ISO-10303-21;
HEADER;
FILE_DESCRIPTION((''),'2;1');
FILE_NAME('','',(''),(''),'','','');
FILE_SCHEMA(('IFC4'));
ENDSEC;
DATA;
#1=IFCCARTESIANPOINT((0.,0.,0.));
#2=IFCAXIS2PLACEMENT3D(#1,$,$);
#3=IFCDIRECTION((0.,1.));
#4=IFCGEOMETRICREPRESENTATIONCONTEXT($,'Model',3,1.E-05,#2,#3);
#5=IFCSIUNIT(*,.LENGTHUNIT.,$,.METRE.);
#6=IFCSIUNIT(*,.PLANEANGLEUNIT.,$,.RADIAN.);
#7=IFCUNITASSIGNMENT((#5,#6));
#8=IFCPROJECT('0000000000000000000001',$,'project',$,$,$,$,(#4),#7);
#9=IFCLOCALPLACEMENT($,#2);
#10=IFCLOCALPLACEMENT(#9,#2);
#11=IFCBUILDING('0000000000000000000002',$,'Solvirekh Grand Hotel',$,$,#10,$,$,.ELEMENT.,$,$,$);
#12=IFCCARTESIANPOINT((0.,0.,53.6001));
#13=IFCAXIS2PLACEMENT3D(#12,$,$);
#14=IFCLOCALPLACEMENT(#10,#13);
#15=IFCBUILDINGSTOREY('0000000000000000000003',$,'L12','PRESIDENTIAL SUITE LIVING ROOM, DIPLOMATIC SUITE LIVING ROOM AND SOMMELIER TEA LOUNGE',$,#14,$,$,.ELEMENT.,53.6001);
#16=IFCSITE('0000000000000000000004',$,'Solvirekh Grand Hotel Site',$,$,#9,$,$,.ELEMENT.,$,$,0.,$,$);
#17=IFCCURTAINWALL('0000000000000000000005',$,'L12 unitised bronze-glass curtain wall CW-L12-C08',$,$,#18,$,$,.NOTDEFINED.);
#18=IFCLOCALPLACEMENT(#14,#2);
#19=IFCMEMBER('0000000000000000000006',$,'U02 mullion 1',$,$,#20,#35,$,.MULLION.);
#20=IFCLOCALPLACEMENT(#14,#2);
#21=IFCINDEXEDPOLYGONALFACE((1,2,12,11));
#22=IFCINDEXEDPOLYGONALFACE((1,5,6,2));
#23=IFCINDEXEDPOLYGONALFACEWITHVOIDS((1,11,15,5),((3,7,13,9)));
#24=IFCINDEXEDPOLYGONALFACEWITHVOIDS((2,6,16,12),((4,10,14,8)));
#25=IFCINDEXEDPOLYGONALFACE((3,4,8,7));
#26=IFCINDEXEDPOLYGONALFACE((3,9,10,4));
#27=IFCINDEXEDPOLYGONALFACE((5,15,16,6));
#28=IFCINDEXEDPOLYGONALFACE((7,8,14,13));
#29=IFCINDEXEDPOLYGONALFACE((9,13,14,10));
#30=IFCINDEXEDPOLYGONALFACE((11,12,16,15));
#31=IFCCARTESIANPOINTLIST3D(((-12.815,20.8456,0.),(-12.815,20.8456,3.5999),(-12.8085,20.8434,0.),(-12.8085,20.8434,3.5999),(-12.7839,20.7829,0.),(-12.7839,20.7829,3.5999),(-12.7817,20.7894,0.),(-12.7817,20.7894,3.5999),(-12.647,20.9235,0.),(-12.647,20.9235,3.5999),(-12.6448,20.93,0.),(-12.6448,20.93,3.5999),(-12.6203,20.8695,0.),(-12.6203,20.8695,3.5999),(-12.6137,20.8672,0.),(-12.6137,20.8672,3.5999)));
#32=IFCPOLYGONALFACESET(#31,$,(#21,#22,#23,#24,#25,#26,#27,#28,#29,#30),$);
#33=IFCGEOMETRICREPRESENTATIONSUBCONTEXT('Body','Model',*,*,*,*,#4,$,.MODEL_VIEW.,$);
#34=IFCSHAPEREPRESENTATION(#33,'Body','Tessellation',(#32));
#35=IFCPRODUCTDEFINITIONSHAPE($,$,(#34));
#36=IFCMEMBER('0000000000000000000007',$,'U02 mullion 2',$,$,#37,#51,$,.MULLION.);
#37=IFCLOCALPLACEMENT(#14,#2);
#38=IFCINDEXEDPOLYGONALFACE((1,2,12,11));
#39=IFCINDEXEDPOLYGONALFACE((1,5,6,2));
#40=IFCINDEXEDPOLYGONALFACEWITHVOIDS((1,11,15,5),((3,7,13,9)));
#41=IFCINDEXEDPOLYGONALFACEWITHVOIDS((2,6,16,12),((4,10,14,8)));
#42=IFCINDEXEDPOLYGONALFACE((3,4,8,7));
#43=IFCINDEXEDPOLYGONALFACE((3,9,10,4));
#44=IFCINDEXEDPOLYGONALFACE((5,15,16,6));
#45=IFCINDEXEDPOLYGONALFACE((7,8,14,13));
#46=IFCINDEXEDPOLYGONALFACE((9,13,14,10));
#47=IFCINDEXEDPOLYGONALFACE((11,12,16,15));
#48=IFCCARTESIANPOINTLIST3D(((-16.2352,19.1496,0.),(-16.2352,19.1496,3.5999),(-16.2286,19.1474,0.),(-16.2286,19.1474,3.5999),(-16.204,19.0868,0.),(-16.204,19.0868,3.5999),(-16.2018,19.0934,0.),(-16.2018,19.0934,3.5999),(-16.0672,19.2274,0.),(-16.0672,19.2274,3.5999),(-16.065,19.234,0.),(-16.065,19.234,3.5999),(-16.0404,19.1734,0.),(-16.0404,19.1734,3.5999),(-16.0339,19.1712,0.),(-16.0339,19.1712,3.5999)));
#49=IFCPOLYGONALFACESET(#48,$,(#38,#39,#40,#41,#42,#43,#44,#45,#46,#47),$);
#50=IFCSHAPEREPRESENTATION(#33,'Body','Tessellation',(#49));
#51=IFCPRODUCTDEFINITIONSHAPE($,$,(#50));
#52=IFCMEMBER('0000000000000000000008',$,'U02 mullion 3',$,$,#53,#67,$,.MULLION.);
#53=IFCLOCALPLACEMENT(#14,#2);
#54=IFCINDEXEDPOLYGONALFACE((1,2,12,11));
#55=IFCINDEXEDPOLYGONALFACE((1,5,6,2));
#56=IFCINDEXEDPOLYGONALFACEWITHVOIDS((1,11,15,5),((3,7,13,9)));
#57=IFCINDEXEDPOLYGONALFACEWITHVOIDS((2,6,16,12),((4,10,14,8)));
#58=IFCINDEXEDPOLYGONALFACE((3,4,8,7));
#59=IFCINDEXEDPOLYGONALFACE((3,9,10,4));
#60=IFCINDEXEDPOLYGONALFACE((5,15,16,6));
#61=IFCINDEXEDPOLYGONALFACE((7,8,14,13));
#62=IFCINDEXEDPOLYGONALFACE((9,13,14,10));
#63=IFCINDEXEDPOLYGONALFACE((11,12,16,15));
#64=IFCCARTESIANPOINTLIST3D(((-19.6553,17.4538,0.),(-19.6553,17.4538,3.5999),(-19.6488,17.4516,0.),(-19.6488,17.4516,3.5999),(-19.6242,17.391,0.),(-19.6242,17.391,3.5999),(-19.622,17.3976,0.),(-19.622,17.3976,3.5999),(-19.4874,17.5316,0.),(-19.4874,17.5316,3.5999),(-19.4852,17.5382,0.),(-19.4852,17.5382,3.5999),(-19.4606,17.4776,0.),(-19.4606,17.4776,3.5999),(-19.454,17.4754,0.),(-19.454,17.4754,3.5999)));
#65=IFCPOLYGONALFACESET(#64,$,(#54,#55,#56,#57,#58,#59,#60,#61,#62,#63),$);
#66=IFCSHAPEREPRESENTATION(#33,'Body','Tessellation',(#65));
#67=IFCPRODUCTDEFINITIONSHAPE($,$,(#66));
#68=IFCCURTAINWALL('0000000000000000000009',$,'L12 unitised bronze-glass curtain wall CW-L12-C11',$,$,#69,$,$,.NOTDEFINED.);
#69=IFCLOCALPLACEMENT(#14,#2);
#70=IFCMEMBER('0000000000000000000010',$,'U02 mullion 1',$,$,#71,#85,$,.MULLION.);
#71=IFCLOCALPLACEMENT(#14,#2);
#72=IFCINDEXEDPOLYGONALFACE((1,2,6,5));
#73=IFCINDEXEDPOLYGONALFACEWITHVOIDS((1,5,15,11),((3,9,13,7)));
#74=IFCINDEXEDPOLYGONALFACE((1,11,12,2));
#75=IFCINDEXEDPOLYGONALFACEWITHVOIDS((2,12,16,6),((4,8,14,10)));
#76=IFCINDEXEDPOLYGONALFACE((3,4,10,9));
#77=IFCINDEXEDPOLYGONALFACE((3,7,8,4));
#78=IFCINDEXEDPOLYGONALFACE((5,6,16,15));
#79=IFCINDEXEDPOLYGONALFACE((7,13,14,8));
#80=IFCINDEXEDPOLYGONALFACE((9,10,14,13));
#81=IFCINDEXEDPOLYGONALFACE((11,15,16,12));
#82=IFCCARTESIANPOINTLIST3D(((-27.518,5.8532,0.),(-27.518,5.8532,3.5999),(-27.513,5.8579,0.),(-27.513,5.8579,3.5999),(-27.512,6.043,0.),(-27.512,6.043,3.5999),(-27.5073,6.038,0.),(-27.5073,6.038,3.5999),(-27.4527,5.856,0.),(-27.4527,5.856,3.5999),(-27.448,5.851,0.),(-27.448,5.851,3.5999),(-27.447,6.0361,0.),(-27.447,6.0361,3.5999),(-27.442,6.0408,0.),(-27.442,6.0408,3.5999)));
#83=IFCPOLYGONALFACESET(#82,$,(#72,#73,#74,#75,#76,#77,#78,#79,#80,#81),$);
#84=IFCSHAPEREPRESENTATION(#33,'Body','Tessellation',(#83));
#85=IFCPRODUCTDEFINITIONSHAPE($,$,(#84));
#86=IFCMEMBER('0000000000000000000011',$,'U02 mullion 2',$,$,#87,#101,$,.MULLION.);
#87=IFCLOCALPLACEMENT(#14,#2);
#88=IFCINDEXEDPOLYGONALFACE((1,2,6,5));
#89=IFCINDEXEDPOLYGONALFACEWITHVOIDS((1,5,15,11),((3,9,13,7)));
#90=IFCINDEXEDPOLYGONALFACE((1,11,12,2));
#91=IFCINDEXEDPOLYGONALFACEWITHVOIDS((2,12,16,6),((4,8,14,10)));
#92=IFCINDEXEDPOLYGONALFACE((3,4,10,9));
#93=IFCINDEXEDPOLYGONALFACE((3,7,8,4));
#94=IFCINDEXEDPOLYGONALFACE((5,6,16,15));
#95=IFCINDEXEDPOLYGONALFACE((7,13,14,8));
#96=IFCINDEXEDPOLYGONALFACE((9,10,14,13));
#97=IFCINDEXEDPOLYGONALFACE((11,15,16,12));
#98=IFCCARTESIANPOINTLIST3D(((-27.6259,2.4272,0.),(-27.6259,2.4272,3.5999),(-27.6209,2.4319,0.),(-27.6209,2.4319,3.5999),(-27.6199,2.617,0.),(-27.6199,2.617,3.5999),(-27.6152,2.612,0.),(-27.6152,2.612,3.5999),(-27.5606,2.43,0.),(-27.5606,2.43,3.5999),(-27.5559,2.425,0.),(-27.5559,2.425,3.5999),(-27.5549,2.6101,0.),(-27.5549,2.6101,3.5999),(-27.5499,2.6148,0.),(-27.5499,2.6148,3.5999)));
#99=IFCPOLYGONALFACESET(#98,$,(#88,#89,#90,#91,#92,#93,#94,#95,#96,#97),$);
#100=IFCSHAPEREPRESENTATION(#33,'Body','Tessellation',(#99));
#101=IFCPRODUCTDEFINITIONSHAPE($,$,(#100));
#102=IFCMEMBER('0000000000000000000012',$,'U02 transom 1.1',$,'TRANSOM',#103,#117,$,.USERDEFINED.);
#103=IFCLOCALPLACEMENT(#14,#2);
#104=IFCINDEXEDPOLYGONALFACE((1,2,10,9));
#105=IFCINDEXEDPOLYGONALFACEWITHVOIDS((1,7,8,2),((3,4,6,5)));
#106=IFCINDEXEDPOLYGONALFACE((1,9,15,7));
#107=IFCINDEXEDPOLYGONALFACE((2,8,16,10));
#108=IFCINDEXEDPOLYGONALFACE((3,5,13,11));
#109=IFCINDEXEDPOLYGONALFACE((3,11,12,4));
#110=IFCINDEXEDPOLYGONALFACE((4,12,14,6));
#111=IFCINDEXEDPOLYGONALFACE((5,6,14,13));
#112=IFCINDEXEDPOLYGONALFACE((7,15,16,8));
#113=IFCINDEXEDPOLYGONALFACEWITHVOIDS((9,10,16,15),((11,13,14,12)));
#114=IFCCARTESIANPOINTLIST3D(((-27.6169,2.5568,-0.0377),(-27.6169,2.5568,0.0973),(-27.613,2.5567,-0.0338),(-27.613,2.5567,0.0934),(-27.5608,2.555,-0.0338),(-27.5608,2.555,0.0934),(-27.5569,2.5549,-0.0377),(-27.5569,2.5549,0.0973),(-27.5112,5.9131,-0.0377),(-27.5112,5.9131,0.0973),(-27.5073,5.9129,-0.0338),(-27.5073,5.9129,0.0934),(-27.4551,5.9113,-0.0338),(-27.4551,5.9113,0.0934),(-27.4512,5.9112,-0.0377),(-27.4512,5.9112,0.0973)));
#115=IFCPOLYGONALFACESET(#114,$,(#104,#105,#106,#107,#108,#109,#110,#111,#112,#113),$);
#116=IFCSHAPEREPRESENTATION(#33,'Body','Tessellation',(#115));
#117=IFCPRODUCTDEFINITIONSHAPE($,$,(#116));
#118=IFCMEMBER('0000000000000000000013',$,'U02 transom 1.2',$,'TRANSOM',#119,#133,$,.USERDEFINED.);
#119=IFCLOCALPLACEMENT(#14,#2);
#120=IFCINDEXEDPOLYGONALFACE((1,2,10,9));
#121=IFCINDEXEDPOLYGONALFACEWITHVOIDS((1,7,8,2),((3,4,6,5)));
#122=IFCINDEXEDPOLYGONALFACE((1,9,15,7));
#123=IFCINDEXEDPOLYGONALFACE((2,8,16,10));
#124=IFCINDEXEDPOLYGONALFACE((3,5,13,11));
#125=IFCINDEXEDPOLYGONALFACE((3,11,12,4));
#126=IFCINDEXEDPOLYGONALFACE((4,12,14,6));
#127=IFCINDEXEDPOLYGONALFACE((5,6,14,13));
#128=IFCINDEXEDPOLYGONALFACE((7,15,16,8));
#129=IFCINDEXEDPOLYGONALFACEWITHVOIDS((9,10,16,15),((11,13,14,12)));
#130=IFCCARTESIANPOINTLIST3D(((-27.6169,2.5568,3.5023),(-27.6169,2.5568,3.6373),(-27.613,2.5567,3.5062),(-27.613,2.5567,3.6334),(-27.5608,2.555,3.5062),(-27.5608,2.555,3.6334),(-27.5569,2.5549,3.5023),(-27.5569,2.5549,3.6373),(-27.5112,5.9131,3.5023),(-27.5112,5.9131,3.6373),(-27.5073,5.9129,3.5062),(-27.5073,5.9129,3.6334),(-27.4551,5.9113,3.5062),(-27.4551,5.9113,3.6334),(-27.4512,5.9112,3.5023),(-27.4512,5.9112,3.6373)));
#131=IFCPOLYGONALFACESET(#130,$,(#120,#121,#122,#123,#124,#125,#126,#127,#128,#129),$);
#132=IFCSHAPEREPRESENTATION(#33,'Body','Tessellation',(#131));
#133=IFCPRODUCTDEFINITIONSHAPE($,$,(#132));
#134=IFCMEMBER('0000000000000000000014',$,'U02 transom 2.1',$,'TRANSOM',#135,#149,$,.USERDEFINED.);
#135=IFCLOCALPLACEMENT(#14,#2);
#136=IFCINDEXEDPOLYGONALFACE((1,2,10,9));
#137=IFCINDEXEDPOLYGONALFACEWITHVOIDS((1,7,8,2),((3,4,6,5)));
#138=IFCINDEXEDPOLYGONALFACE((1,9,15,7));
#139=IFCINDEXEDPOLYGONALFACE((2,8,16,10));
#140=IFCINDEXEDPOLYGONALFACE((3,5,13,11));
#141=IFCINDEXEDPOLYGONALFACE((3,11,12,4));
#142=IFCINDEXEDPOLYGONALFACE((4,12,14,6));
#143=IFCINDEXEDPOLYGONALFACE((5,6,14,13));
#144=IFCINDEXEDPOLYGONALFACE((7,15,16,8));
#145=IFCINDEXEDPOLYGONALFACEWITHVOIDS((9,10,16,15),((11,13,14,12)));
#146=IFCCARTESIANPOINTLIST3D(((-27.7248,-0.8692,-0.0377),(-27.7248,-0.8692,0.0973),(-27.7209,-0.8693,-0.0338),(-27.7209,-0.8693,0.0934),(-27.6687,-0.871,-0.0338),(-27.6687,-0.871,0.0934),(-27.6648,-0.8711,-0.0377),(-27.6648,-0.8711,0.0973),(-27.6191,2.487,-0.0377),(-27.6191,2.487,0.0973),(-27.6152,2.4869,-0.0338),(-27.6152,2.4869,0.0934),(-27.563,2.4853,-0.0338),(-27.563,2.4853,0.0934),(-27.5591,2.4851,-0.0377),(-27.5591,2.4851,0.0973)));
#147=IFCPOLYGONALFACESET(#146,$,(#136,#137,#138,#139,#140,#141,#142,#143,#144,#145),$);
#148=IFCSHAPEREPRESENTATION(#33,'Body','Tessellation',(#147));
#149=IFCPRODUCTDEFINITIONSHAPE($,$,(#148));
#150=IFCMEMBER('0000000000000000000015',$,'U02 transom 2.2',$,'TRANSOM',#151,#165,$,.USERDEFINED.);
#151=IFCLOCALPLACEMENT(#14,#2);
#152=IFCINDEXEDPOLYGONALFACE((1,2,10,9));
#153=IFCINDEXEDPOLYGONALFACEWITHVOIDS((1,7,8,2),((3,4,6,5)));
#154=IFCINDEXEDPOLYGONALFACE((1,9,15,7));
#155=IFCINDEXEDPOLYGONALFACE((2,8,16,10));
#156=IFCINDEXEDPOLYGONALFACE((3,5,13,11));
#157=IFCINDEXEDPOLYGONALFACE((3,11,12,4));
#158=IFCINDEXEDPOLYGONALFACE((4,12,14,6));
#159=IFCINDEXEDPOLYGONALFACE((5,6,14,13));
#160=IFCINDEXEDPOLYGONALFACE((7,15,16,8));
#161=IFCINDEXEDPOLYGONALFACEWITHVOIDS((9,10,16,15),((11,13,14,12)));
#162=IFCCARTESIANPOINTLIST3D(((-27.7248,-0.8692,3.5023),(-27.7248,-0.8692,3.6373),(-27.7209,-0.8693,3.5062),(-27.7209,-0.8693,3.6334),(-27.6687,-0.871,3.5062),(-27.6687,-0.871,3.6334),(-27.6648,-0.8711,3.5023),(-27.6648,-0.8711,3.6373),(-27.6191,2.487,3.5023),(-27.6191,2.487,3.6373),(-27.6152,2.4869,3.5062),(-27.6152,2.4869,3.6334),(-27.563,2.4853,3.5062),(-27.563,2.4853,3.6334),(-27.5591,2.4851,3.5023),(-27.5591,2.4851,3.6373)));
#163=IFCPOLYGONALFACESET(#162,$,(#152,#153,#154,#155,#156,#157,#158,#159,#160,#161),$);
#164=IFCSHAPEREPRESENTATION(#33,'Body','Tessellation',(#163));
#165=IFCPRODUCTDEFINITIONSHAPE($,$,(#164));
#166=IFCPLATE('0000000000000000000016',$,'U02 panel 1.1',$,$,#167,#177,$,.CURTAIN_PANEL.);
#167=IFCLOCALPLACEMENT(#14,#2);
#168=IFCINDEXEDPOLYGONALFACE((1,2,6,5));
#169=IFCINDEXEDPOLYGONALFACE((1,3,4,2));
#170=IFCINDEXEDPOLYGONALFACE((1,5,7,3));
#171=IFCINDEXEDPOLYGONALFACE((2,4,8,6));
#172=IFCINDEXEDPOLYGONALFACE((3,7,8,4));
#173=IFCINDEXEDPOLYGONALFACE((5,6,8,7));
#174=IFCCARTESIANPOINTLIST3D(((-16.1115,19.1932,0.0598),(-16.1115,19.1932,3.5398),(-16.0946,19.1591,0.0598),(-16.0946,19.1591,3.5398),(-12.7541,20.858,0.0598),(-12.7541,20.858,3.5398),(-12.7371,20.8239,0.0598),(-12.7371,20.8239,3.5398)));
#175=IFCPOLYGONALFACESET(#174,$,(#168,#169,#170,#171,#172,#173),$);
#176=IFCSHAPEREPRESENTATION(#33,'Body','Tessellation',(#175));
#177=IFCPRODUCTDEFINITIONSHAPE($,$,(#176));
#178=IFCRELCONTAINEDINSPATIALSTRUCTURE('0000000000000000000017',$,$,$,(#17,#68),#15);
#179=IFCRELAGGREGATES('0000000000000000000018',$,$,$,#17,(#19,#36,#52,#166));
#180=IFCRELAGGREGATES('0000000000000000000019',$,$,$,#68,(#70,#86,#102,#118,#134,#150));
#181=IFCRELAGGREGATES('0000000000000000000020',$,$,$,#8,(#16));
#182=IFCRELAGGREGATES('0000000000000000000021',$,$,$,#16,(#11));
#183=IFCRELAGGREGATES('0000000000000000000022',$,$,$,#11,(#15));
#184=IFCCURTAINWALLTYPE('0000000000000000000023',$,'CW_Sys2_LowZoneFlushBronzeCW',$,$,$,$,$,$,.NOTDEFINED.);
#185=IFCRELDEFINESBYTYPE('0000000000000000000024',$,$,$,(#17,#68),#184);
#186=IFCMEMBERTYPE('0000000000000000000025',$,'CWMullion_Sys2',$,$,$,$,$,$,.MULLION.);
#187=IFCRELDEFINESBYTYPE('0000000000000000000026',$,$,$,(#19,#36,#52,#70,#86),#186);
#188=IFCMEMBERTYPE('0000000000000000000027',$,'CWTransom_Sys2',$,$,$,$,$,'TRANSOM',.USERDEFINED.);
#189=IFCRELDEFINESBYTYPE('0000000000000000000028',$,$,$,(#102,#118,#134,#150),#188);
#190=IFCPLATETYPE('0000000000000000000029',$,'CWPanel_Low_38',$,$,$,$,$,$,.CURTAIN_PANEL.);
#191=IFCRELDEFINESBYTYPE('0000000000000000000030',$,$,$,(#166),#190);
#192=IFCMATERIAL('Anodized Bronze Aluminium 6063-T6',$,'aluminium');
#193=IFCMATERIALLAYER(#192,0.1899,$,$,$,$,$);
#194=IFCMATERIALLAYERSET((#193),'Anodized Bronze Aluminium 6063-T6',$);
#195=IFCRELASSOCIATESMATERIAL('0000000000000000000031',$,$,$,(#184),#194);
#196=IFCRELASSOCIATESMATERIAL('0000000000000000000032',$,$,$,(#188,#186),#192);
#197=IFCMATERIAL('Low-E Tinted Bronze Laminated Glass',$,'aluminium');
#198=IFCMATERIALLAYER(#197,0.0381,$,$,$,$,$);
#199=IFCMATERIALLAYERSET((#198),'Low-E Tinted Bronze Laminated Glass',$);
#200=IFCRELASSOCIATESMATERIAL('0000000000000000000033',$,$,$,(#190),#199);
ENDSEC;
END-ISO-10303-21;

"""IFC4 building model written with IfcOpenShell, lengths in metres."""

from ifc_helpers import new_model, si_unit, direction, frame, origin, origin_2d, place, context, subcontext, project, spatial, rectangle, hollow_rectangle, extrude, source, transform, mapped, material, layer, layer_set, material_profile, profile_set, type_object, element, aggregate, save


model = new_model("IFC4")

# Units and contexts
model_context = context("Model", 3, precision=1e-05, world=origin(), true_north=direction((0.0, 1.0)))
body_context = subcontext(model_context, "Body", "Model", "MODEL_VIEW")
ifc_project = project(units=[si_unit("LENGTHUNIT", "METRE"), si_unit("PLANEANGLEUNIT", "RADIAN")], contexts=[model_context])

# Site, building, storey
site_placement = place(None, origin())
site = spatial("IfcSite", under=ifc_project, at=site_placement, Name="Solvirekh Grand Hotel Site", CompositionType="ELEMENT", RefElevation=0.0)
building_placement = place(site_placement, origin())
building = spatial("IfcBuilding", under=site, at=building_placement, Name="Solvirekh Grand Hotel", CompositionType="ELEMENT")
storey_placement = place(building_placement, frame((0.0, 0.0, 53.6001)))
storey = spatial("IfcBuildingStorey", under=building, at=storey_placement, Name="L12", Description="PRESIDENTIAL SUITE LIVING ROOM, DIPLOMATIC SUITE LIVING ROOM AND SOMMELIER TEA LOUNGE", CompositionType="ELEMENT", Elevation=53.6001)

# Curtain walls, members
ifc_material_1 = material(Name="Anodized Bronze Aluminium 6063-T6", Category="aluminium")
ifc_layer_1 = layer(ifc_material_1, 0.1899)
ifc_layer_set_1 = layer_set([ifc_layer_1], Name="Anodized Bronze Aluminium 6063-T6")
curtain_wall_type = type_object("IfcCurtainWallType", Name="CW_Sys2_LowZoneFlushBronzeCW", PredefinedType="NOTDEFINED", material=ifc_layer_set_1)
curtain_wall_1_placement = place(storey_placement, origin())
curtain_wall_1 = element("IfcCurtainWall", 1, at=curtain_wall_1_placement, inside=storey, type_object=curtain_wall_type, Name="L12 unitised bronze-glass curtain wall CW-L12-C08", PredefinedType="NOTDEFINED")
ifc_material_profile_1 = material_profile(ifc_material_1, hollow_rectangle(XDim=0.0601, YDim=0.135, WallThickness=0.0039, at=origin_2d()), Name="ALU RHS 135X60X4")
ifc_profile_set_1 = profile_set([ifc_material_profile_1], Name="Anodized Bronze Aluminium 6063-T6")
member_type_1 = type_object("IfcMemberType", Name="CWTransom_Sys2", ElementType="TRANSOM", PredefinedType="USERDEFINED", material=ifc_profile_set_1)
ifc_material_profile_2 = material_profile(ifc_material_1, hollow_rectangle(XDim=0.0701, YDim=0.1899, WallThickness=0.0049, at=origin_2d()), Name="ALU RHS 190X70X5")
ifc_profile_set_2 = profile_set([ifc_material_profile_2], Name="Anodized Bronze Aluminium 6063-T6")
member_type_2 = type_object("IfcMemberType", Name="CWMullion_Sys2", PredefinedType="MULLION", material=ifc_profile_set_2)
shared_shape_1 = source(origin(), body_context, "Body", "SweptSolid", [
    extrude(hollow_rectangle(XDim=0.0701, YDim=0.1899, WallThickness=0.0049, at=origin_2d()), origin(), (0.0, 0.0, 1.0), 3.5999),
])
member_1_placement = place(storey_placement, frame((-12.7144, 20.8564, 0.0), z_axis=(0.0, 0.0, 1.0), x_axis=(0.444252, -0.895902, 0.0)))
member_1 = element("IfcMember", 2, at=member_1_placement, type_object=member_type_2, Name="U02 mullion 1", PredefinedType="MULLION", context=body_context, shape_type="MappedRepresentation", body=[
    mapped(shared_shape_1, transform((0.0, 0.0, 0.0), x_axis=(1.0, 0.0, 0.0), y_axis=(0.0, 1.0, 0.0), z_axis=(0.0, 0.0, 1.0), scale=1.0)),
])
member_2_placement = place(storey_placement, frame((-16.1345, 19.1604, 0.0), z_axis=(0.0, 0.0, 1.0), x_axis=(0.444252, -0.895902, 0.0)))
member_2 = element("IfcMember", 3, at=member_2_placement, type_object=member_type_2, Name="U02 mullion 2", PredefinedType="MULLION", context=body_context, shape_type="MappedRepresentation", body=[
    mapped(shared_shape_1, transform((0.0, 0.0, 0.0), x_axis=(1.0, 0.0, 0.0), y_axis=(0.0, 1.0, 0.0), z_axis=(0.0, 0.0, 1.0), scale=1.0)),
])
member_3_placement = place(storey_placement, frame((-19.5547, 17.4646, 0.0), z_axis=(0.0, 0.0, 1.0), x_axis=(0.444252, -0.895902, 0.0)))
member_3 = element("IfcMember", 4, at=member_3_placement, type_object=member_type_2, Name="U02 mullion 3", PredefinedType="MULLION", context=body_context, shape_type="MappedRepresentation", body=[
    mapped(shared_shape_1, transform((0.0, 0.0, 0.0), x_axis=(1.0, 0.0, 0.0), y_axis=(0.0, 1.0, 0.0), z_axis=(0.0, 0.0, 1.0), scale=1.0)),
])
curtain_wall_2_placement = place(storey_placement, origin())
curtain_wall_2 = element("IfcCurtainWall", 5, at=curtain_wall_2_placement, inside=storey, type_object=curtain_wall_type, Name="L12 unitised bronze-glass curtain wall CW-L12-C11", PredefinedType="NOTDEFINED")
member_4_placement = place(storey_placement, frame((-27.48, 5.947, 0.0), z_axis=(0.0, 0.0, 1.0), x_axis=(0.999504, -0.031478, 0.0)))
member_4 = element("IfcMember", 6, at=member_4_placement, type_object=member_type_2, Name="U02 mullion 1", PredefinedType="MULLION", context=body_context, shape_type="MappedRepresentation", body=[
    mapped(shared_shape_1, transform((0.0, 0.0, 0.0), x_axis=(1.0, 0.0, 0.0), y_axis=(0.0, 1.0, 0.0), z_axis=(0.0, 0.0, 1.0), scale=1.0)),
])
member_5_placement = place(storey_placement, frame((-27.5879, 2.521, 0.0), z_axis=(0.0, 0.0, 1.0), x_axis=(0.999504, -0.031478, 0.0)))
member_5 = element("IfcMember", 7, at=member_5_placement, type_object=member_type_2, Name="U02 mullion 2", PredefinedType="MULLION", context=body_context, shape_type="MappedRepresentation", body=[
    mapped(shared_shape_1, transform((0.0, 0.0, 0.0), x_axis=(1.0, 0.0, 0.0), y_axis=(0.0, 1.0, 0.0), z_axis=(0.0, 0.0, 1.0), scale=1.0)),
])
shared_shape_2 = source(origin(), body_context, "Body", "SweptSolid", [
    extrude(hollow_rectangle(XDim=0.0601, YDim=0.135, WallThickness=0.0039, at=origin_2d()), origin(), (0.0, 0.0, 1.0), 3.3579),
])
member_6_placement = place(storey_placement, frame((-27.4812, 5.9121, 0.0298), z_axis=(-0.031482, -0.999504, 0.0), x_axis=(0.999504, -0.031482, 0.0)))
member_6 = element("IfcMember", 8, at=member_6_placement, type_object=member_type_1, Name="U02 transom 1.1", ObjectType="TRANSOM", PredefinedType="USERDEFINED", context=body_context, shape_type="MappedRepresentation", body=[
    mapped(shared_shape_2, transform((0.0, 0.0, 0.0), x_axis=(1.0, 0.0, 0.0), y_axis=(0.0, 1.0, 0.0), z_axis=(0.0, 0.0, 1.0), scale=1.0)),
])
member_7_placement = place(storey_placement, frame((-27.4812, 5.9121, 3.5698), z_axis=(-0.031482, -0.999504, 0.0), x_axis=(0.999504, -0.031482, 0.0)))
member_7 = element("IfcMember", 9, at=member_7_placement, type_object=member_type_1, Name="U02 transom 1.2", ObjectType="TRANSOM", PredefinedType="USERDEFINED", context=body_context, shape_type="MappedRepresentation", body=[
    mapped(shared_shape_2, transform((0.0, 0.0, 0.0), x_axis=(1.0, 0.0, 0.0), y_axis=(0.0, 1.0, 0.0), z_axis=(0.0, 0.0, 1.0), scale=1.0)),
])
member_8_placement = place(storey_placement, frame((-27.5891, 2.4861, 0.0298), z_axis=(-0.031482, -0.999504, 0.0), x_axis=(0.999504, -0.031482, 0.0)))
member_8 = element("IfcMember", 10, at=member_8_placement, type_object=member_type_1, Name="U02 transom 2.1", ObjectType="TRANSOM", PredefinedType="USERDEFINED", context=body_context, shape_type="MappedRepresentation", body=[
    mapped(shared_shape_2, transform((0.0, 0.0, 0.0), x_axis=(1.0, 0.0, 0.0), y_axis=(0.0, 1.0, 0.0), z_axis=(0.0, 0.0, 1.0), scale=1.0)),
])
member_9_placement = place(storey_placement, frame((-27.5891, 2.4861, 3.5698), z_axis=(-0.031482, -0.999504, 0.0), x_axis=(0.999504, -0.031482, 0.0)))
member_9 = element("IfcMember", 11, at=member_9_placement, type_object=member_type_1, Name="U02 transom 2.2", ObjectType="TRANSOM", PredefinedType="USERDEFINED", context=body_context, shape_type="MappedRepresentation", body=[
    mapped(shared_shape_2, transform((0.0, 0.0, 0.0), x_axis=(1.0, 0.0, 0.0), y_axis=(0.0, 1.0, 0.0), z_axis=(0.0, 0.0, 1.0), scale=1.0)),
])

# Plate
ifc_material_2 = material(Name="Low-E Tinted Bronze Laminated Glass", Category="aluminium")
ifc_layer_2 = layer(ifc_material_2, 0.0381)
ifc_layer_set_2 = layer_set([ifc_layer_2], Name="Low-E Tinted Bronze Laminated Glass")
plate_type = type_object("IfcPlateType", Name="CWPanel_Low_38", PredefinedType="CURTAIN_PANEL", material=ifc_layer_set_2)
shared_shape_3 = source(origin(), body_context, "Body", "SweptSolid", [
    extrude(rectangle(XDim=3.7476, YDim=0.0381, at=origin_2d()), origin(), (0.0, 0.0, 1.0), 3.48),
])
plate_1_placement = place(storey_placement, frame((-14.4243, 20.0085, 0.0598), z_axis=(0.0, 0.0, 1.0), x_axis=(-0.895902, -0.444252, 0.0)))
plate_1 = element("IfcPlate", 12, at=plate_1_placement, type_object=plate_type, Name="U02 panel 1.1", PredefinedType="CURTAIN_PANEL", context=body_context, shape_type="MappedRepresentation", body=[
    mapped(shared_shape_3, transform((0.0, 0.0, 0.0), x_axis=(1.0, 0.0, 0.0), y_axis=(0.0, 1.0, 0.0), z_axis=(0.0, 0.0, 1.0), scale=1.0)),
])
aggregate(curtain_wall_1, [member_1, member_2, member_3, plate_1])
aggregate(curtain_wall_2, [member_4, member_5, member_6, member_7, member_8, member_9])

save(model, "model.ifc")
